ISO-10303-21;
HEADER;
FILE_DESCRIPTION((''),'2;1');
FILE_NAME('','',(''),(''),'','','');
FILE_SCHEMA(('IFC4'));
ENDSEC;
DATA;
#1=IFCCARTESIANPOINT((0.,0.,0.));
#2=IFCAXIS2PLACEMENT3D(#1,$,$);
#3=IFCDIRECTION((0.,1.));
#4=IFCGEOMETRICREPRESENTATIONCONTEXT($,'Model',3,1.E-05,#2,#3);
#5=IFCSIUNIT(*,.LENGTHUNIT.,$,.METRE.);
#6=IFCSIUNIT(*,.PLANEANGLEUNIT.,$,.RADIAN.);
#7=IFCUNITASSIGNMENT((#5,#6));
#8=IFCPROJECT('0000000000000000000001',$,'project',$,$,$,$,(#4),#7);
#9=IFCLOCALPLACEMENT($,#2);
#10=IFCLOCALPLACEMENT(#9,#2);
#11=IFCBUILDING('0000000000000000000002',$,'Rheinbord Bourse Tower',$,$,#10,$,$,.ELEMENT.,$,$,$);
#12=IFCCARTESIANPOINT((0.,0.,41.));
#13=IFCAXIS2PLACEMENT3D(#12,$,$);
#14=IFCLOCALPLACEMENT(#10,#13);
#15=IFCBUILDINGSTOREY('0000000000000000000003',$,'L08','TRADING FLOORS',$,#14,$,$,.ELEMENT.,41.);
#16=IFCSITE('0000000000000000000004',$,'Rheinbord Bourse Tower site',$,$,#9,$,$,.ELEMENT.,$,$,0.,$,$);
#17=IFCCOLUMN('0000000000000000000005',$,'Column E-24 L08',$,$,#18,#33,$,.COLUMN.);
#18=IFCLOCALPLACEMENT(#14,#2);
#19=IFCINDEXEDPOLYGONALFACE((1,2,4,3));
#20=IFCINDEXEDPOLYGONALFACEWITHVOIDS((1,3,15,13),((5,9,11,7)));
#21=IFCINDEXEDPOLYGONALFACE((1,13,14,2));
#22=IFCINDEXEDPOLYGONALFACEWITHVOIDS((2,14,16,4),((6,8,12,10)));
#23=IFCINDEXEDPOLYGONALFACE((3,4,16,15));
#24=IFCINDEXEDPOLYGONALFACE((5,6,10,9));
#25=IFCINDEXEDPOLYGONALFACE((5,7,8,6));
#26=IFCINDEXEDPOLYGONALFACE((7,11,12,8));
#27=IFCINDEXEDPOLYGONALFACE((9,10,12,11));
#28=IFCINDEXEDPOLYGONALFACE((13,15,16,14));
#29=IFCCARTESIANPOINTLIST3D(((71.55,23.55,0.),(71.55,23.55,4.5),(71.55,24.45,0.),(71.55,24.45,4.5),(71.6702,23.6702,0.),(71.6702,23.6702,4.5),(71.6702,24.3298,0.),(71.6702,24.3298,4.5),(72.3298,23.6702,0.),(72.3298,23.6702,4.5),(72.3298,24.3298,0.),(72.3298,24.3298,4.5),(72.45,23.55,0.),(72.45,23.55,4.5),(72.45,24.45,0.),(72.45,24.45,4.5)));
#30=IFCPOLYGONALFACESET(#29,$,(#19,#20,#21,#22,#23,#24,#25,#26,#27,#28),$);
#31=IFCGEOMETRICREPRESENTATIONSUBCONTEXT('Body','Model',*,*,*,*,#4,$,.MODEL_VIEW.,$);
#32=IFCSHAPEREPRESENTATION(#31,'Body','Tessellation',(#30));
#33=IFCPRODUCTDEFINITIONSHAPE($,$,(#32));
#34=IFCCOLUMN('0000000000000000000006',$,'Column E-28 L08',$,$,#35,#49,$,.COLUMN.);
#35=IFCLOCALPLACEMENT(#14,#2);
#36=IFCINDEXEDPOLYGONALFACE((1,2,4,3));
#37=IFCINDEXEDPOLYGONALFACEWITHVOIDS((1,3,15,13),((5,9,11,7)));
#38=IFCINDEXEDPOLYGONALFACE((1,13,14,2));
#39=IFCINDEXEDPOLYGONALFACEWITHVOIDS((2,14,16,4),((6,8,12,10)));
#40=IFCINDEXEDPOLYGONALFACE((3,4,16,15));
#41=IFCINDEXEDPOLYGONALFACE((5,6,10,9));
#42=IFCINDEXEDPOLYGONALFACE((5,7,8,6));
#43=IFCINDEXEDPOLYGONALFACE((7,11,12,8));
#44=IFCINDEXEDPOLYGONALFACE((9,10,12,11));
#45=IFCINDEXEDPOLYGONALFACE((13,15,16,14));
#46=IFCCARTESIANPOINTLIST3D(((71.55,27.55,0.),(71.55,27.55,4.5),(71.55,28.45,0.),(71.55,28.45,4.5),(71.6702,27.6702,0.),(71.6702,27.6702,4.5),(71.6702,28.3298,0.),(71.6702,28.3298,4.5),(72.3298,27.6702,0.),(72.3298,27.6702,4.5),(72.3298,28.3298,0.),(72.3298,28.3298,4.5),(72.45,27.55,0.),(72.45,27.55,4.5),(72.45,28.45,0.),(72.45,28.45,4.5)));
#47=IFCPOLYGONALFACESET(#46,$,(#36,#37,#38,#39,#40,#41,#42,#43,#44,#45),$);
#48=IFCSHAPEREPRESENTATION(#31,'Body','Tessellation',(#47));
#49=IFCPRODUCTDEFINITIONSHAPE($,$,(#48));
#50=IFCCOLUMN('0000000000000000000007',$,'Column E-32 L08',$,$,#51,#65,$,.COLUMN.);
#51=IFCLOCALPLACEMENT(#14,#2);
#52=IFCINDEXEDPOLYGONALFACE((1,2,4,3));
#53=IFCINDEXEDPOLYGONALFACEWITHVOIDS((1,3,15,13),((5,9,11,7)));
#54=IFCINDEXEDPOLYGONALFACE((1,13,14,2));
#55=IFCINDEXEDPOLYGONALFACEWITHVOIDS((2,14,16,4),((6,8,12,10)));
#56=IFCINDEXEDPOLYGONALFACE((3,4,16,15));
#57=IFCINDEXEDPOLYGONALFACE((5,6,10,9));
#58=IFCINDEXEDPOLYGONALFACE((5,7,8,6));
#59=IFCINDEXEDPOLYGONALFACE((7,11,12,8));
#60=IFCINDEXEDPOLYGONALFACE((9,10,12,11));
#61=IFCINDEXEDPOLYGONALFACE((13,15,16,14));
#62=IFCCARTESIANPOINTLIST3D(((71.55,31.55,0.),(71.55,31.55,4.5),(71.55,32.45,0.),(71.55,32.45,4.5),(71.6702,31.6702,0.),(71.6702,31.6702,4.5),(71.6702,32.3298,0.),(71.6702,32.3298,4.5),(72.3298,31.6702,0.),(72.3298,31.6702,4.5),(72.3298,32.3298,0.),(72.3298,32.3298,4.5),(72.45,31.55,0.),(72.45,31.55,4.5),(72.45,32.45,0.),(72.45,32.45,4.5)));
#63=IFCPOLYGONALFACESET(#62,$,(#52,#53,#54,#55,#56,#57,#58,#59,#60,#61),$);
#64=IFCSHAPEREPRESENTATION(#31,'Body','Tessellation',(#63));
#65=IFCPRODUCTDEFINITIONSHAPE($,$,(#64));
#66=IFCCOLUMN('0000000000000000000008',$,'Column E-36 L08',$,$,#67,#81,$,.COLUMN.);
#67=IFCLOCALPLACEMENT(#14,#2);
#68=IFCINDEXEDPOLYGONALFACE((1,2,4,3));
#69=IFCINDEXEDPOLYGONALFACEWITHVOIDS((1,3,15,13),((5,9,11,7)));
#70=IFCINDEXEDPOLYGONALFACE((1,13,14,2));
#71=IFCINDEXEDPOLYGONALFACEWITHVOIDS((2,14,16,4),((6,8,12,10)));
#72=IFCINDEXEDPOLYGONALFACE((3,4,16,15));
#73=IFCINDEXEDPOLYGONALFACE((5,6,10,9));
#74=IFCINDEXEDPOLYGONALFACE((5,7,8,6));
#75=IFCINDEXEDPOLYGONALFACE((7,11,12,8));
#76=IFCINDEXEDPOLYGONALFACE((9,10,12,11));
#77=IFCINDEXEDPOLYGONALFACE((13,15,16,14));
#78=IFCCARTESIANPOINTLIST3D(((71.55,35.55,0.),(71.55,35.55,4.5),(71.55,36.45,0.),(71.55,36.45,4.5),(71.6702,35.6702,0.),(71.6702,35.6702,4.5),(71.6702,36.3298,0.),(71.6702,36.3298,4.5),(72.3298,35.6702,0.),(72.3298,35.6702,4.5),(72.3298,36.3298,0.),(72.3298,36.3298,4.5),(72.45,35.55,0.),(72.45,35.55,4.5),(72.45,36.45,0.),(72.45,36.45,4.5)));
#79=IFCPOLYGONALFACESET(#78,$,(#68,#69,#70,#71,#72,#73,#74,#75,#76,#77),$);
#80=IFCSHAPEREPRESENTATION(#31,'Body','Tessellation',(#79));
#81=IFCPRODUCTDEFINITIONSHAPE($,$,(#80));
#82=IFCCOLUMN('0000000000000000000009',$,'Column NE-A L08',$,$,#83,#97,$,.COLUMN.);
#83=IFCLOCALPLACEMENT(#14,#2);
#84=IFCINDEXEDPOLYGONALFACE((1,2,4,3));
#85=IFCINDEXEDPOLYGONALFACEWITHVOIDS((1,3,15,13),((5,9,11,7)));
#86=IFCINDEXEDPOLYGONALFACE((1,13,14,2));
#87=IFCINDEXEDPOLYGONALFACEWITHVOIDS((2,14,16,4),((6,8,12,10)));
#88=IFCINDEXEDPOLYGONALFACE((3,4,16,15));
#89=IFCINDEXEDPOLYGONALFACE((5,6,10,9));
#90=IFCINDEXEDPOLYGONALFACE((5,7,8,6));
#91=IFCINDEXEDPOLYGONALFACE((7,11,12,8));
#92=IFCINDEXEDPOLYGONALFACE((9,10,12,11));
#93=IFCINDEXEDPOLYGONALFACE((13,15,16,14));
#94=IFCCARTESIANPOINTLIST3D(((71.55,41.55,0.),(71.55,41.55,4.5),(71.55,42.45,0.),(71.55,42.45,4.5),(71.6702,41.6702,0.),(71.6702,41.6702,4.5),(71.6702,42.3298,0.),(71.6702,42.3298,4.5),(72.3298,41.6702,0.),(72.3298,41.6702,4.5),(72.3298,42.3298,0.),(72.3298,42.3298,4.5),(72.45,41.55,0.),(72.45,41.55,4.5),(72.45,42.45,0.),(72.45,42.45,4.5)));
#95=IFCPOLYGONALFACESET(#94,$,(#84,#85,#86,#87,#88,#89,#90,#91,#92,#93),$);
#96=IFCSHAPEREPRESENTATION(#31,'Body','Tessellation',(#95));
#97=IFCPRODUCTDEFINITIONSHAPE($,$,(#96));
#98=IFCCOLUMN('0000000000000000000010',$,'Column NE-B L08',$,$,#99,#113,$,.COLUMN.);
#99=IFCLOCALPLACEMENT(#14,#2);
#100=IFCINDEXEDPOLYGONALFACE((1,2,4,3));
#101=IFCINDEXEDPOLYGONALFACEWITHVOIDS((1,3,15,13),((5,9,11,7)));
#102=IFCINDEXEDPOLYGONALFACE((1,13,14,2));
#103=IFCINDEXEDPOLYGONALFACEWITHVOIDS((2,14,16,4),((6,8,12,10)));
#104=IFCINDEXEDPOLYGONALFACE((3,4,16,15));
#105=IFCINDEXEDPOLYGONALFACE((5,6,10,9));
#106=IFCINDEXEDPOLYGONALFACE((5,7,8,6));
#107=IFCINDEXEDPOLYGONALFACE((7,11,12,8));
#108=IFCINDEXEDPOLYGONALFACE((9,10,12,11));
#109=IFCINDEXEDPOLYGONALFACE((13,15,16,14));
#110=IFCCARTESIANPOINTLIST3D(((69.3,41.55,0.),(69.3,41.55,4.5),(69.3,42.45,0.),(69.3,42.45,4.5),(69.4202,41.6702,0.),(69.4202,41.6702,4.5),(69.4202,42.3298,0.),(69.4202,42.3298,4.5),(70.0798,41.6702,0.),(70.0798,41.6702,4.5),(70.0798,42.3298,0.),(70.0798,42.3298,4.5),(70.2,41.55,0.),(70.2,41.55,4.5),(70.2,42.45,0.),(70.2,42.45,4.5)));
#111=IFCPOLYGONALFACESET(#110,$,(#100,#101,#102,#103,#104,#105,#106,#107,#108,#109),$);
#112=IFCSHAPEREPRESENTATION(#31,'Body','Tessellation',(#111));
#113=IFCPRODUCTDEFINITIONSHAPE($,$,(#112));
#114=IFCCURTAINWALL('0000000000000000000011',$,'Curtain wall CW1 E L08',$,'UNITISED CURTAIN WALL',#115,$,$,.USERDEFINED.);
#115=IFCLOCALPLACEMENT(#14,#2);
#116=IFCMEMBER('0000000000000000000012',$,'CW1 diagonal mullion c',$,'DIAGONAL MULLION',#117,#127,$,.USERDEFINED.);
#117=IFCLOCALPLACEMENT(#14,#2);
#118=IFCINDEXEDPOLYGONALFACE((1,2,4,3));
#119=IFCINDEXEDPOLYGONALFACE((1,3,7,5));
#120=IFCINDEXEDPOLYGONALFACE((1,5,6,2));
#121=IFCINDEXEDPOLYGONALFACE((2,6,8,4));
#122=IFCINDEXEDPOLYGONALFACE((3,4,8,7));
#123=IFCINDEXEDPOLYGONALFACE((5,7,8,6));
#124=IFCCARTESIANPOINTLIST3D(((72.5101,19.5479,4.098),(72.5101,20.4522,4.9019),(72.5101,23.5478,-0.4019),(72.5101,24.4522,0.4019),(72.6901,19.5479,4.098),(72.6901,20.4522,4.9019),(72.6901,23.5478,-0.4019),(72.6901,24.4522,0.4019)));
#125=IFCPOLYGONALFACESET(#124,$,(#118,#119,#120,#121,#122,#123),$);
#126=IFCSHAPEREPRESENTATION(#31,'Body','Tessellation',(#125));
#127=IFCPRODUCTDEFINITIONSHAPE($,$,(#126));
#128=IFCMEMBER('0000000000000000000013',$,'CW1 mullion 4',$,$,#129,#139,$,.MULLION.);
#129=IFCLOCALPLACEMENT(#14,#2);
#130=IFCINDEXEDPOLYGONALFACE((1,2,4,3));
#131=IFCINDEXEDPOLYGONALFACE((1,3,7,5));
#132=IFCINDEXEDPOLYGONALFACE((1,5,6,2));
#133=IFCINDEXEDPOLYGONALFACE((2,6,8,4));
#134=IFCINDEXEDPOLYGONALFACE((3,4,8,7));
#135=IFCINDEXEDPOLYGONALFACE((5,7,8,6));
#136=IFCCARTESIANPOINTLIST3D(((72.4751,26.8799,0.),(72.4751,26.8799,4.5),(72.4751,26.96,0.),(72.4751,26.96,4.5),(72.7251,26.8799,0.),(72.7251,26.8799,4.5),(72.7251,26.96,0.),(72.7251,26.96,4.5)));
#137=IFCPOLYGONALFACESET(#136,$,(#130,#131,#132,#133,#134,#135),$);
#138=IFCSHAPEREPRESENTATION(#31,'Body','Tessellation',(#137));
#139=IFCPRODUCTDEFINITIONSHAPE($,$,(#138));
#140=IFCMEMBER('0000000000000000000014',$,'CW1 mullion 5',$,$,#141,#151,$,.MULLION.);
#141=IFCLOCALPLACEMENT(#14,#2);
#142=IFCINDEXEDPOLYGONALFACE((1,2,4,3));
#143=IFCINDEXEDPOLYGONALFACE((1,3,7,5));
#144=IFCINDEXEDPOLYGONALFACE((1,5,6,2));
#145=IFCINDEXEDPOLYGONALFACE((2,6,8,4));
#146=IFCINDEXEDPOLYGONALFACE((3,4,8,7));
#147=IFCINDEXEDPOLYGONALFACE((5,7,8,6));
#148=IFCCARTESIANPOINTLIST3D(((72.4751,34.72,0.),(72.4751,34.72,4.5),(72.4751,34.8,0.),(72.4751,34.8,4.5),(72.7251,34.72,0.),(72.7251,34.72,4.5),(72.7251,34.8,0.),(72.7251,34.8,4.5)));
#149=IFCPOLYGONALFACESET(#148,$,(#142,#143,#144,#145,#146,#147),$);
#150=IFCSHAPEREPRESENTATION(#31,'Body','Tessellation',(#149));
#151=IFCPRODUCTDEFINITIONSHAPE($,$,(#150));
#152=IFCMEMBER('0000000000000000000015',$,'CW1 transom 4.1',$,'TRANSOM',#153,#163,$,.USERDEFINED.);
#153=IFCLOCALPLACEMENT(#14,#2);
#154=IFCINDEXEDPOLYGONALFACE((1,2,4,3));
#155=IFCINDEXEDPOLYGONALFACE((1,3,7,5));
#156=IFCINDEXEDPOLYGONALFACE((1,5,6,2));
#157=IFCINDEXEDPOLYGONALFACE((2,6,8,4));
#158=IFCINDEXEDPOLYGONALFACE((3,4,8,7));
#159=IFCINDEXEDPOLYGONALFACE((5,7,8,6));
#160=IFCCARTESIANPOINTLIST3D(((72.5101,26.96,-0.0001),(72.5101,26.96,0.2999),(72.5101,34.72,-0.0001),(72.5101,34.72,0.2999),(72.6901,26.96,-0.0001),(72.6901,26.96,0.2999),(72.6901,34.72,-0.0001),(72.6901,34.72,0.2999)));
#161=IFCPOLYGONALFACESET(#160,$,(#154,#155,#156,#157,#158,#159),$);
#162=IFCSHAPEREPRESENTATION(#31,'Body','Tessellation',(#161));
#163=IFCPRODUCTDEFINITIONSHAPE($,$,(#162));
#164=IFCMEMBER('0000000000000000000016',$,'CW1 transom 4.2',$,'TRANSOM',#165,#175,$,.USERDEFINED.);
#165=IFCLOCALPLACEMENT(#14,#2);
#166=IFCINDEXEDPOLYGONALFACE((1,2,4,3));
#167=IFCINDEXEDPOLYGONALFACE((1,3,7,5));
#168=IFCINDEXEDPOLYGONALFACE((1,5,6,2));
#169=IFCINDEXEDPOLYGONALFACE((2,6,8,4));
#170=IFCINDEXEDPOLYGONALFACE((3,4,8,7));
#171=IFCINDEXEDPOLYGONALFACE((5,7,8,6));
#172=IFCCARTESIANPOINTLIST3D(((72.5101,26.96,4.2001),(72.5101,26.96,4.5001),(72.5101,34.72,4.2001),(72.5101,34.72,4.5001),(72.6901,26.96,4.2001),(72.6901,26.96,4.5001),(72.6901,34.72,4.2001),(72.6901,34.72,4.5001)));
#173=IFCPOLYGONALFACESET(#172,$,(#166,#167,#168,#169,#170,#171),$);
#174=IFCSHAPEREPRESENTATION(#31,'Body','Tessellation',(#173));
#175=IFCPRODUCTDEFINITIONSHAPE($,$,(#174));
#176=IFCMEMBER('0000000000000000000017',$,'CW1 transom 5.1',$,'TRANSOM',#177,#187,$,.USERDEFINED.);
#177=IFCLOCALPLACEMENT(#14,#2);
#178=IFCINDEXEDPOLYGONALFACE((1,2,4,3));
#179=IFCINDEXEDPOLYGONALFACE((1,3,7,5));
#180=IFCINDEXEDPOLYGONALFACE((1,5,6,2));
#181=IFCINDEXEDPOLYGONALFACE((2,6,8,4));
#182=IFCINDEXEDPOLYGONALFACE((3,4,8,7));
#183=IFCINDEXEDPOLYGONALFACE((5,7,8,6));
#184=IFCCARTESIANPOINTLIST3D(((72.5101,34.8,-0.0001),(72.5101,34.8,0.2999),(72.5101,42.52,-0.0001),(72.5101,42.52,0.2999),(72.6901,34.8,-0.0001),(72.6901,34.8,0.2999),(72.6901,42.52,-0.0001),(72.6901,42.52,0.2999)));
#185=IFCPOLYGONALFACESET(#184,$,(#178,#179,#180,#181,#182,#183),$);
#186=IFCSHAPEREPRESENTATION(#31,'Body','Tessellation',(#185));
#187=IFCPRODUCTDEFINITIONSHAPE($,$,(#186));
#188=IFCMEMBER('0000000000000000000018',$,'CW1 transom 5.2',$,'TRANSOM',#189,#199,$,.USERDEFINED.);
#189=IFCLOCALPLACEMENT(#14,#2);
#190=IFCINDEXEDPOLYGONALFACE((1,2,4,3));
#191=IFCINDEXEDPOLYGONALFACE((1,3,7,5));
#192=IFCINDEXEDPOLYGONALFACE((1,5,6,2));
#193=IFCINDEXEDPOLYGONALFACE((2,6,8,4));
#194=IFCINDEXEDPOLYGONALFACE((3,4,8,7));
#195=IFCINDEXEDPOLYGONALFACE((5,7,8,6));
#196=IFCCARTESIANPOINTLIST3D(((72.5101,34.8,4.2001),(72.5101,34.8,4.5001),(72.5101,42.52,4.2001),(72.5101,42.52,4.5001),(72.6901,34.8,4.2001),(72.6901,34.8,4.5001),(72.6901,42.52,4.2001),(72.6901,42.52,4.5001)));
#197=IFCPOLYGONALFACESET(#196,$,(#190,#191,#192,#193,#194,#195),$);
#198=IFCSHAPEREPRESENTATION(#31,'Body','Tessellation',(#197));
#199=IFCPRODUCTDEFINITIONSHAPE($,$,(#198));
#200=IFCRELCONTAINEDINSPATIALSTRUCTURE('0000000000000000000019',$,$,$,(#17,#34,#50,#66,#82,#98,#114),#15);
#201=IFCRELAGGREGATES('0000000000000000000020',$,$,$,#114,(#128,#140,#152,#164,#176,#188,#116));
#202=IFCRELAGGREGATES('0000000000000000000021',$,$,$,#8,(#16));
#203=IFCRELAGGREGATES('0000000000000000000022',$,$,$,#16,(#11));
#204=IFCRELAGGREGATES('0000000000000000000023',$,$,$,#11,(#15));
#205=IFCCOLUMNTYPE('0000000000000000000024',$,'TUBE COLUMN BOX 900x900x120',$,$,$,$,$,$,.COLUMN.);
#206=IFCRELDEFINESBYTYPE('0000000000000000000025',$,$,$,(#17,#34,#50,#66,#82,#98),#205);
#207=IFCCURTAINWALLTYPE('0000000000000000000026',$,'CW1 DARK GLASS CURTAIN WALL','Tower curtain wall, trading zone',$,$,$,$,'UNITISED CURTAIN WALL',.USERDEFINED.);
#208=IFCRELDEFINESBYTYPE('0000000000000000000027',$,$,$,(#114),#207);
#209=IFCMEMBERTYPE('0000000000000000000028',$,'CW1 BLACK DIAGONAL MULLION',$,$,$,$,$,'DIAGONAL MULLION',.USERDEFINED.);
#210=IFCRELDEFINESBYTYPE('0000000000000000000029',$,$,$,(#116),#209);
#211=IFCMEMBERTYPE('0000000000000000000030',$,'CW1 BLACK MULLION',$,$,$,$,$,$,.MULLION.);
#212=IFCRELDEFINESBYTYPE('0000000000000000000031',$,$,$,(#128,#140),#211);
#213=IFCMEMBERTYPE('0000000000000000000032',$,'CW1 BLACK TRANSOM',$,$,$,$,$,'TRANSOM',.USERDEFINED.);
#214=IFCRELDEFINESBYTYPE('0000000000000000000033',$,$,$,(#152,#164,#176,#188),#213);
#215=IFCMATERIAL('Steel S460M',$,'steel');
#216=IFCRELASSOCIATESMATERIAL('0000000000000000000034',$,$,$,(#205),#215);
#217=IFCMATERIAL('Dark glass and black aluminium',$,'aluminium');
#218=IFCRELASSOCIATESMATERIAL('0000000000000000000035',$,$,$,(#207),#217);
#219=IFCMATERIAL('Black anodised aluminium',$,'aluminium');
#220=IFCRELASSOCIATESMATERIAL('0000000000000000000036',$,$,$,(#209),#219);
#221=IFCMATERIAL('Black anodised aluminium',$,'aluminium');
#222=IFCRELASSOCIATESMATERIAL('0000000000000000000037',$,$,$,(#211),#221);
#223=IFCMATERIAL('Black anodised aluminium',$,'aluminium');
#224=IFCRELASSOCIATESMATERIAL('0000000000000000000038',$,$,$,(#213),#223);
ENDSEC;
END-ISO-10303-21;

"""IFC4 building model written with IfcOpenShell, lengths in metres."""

from ifc_helpers import new_model, si_unit, direction, frame, origin, origin_2d, place, context, subcontext, project, spatial, rectangle, hollow_rectangle, extrude, material, material_profile, profile_set, type_object, element, aggregate, save


model = new_model("IFC4")

# Units and contexts
model_context = context("Model", 3, precision=1e-05, world=origin(), true_north=direction((0.0, 1.0)))
body_context = subcontext(model_context, "Body", "Model", "MODEL_VIEW")
ifc_project = project(units=[si_unit("LENGTHUNIT", "METRE"), si_unit("PLANEANGLEUNIT", "RADIAN")], contexts=[model_context])

# Site, building, storey
site_placement = place(None, origin())
site = spatial("IfcSite", under=ifc_project, at=site_placement, Name="Rheinbord Bourse Tower site", CompositionType="ELEMENT", RefElevation=0.0)
building_placement = place(site_placement, origin())
building = spatial("IfcBuilding", under=site, at=building_placement, Name="Rheinbord Bourse Tower", CompositionType="ELEMENT")
storey_placement = place(building_placement, frame((0.0, 0.0, 41.0)))
storey = spatial("IfcBuildingStorey", under=building, at=storey_placement, Name="L08", Description="TRADING FLOORS", CompositionType="ELEMENT", Elevation=41.0)

# Columns
ifc_material_1 = material(Name="Steel S460M", Category="steel")
ifc_material_profile_1 = material_profile(ifc_material_1, hollow_rectangle(XDim=0.8999, YDim=0.8999, WallThickness=0.1201, at=origin_2d()), Name="BOX 900x900x120")
ifc_profile_set_1 = profile_set([ifc_material_profile_1], Name="Steel S460M")
column_type = type_object("IfcColumnType", Name="TUBE COLUMN BOX 900x900x120", PredefinedType="COLUMN", material=ifc_profile_set_1)
for number, where, z_axis, x_axis, name in (
    (1, (72.0, 24.0, 0.0), (0.0, 0.0, 1.0), (1.0, 0.0, 0.0), "Column E-24 L08"),
    (2, (72.0, 28.0, 0.0), (0.0, 0.0, 1.0), (1.0, 0.0, 0.0), "Column E-28 L08"),
    (3, (72.0, 32.0, 0.0), (0.0, 0.0, 1.0), (1.0, 0.0, 0.0), "Column E-32 L08"),
    (4, (72.0, 36.0, 0.0), (0.0, 0.0, 1.0), (1.0, 0.0, 0.0), "Column E-36 L08"),
    (5, (72.0, 42.0, 0.0), (0.0, 0.0, 1.0), (1.0, 0.0, 0.0), "Column NE-A L08"),
    (6, (69.75, 42.0, 0.0), (0.0, 0.0, 1.0), (1.0, 0.0, 0.0), "Column NE-B L08"),
):
    element("IfcColumn", number, at=place(storey_placement, frame(where, z_axis=z_axis, x_axis=x_axis)), inside=storey, type_object=column_type, Name=name, PredefinedType="COLUMN", context=body_context, shape_type="SweptSolid", body=[
        extrude(hollow_rectangle(XDim=0.8999, YDim=0.8999, WallThickness=0.1201, at=origin_2d()), origin(), (0.0, 0.0, 1.0), 4.5),
    ])

# Curtain wall, members
ifc_material_2 = material(Name="Dark glass and black aluminium", Category="aluminium")
curtain_wall_type = type_object("IfcCurtainWallType", Name="CW1 DARK GLASS CURTAIN WALL", Description="Tower curtain wall, trading zone", ElementType="UNITISED CURTAIN WALL", PredefinedType="USERDEFINED", material=ifc_material_2)
curtain_wall_placement = place(storey_placement, origin())
curtain_wall = element("IfcCurtainWall", 7, at=curtain_wall_placement, inside=storey, type_object=curtain_wall_type, Name="Curtain wall CW1 E L08", ObjectType="UNITISED CURTAIN WALL", PredefinedType="USERDEFINED")
ifc_material_3 = material(Name="Black anodised aluminium", Category="aluminium")
ifc_material_profile_2 = material_profile(ifc_material_3, rectangle(XDim=0.1799, YDim=1.21, at=origin_2d()), Name="CW1 DIAGONAL MULLION 1210x180")
ifc_profile_set_2 = profile_set([ifc_material_profile_2], Name="Black anodised aluminium")
member_type_1 = type_object("IfcMemberType", Name="CW1 BLACK DIAGONAL MULLION", ElementType="DIAGONAL MULLION", PredefinedType="USERDEFINED", material=ifc_profile_set_2)
member_1_placement = place(storey_placement, frame((72.6001, 24.0, 0.0), z_axis=(0.0, -0.664364, 0.747409), x_axis=(1.0, 0.0, 0.0)))
member_1 = element("IfcMember", 8, at=member_1_placement, type_object=member_type_1, Name="CW1 diagonal mullion c", ObjectType="DIAGONAL MULLION", PredefinedType="USERDEFINED", context=body_context, shape_type="SweptSolid", body=[
    extrude(rectangle(XDim=0.1799, YDim=1.21, at=origin_2d()), origin(), (0.0, 0.0, 1.0), 6.0208),
])
ifc_material_4 = material(Name="Black anodised aluminium", Category="aluminium")
ifc_material_profile_3 = material_profile(ifc_material_4, rectangle(XDim=0.25, YDim=0.0801, at=origin_2d()), Name="CW1 MULLION 80x250")
ifc_profile_set_3 = profile_set([ifc_material_profile_3], Name="Black anodised aluminium")
member_type_2 = type_object("IfcMemberType", Name="CW1 BLACK MULLION", PredefinedType="MULLION", material=ifc_profile_set_3)
member_2_placement = place(storey_placement, frame((72.6001, 26.9199, 0.0), z_axis=(0.0, 0.0, 1.0), x_axis=(-1.0, 0.0, 0.0)))
member_2 = element("IfcMember", 9, at=member_2_placement, type_object=member_type_2, Name="CW1 mullion 4", PredefinedType="MULLION", context=body_context, shape_type="SweptSolid", body=[
    extrude(rectangle(XDim=0.25, YDim=0.0801, at=origin_2d()), origin(), (0.0, 0.0, 1.0), 4.5),
])
member_3_placement = place(storey_placement, frame((72.6001, 34.76, 0.0), z_axis=(0.0, 0.0, 1.0), x_axis=(-1.0, 0.0, 0.0)))
member_3 = element("IfcMember", 10, at=member_3_placement, type_object=member_type_2, Name="CW1 mullion 5", PredefinedType="MULLION", context=body_context, shape_type="SweptSolid", body=[
    extrude(rectangle(XDim=0.25, YDim=0.0801, at=origin_2d()), origin(), (0.0, 0.0, 1.0), 4.5),
])
ifc_material_5 = material(Name="Black anodised aluminium", Category="aluminium")
ifc_material_profile_4 = material_profile(ifc_material_5, rectangle(XDim=0.1799, YDim=0.3, at=origin_2d()), Name="CW1 TRANSOM 300x180")
ifc_profile_set_4 = profile_set([ifc_material_profile_4], Name="Black anodised aluminium")
member_type_3 = type_object("IfcMemberType", Name="CW1 BLACK TRANSOM", ElementType="TRANSOM", PredefinedType="USERDEFINED", material=ifc_profile_set_4)
member_4_placement = place(storey_placement, frame((72.6001, 26.96, 0.1499), z_axis=(0.0, 1.0, 0.0), x_axis=(-1.0, 0.0, 0.0)))
member_4 = element("IfcMember", 11, at=member_4_placement, type_object=member_type_3, Name="CW1 transom 4.1", ObjectType="TRANSOM", PredefinedType="USERDEFINED", context=body_context, shape_type="SweptSolid", body=[
    extrude(rectangle(XDim=0.1799, YDim=0.3, at=origin_2d()), origin(), (0.0, 0.0, 1.0), 7.76),
])
member_5_placement = place(storey_placement, frame((72.6001, 26.96, 4.3501), z_axis=(0.0, 1.0, 0.0), x_axis=(-1.0, 0.0, 0.0)))
member_5 = element("IfcMember", 12, at=member_5_placement, type_object=member_type_3, Name="CW1 transom 4.2", ObjectType="TRANSOM", PredefinedType="USERDEFINED", context=body_context, shape_type="SweptSolid", body=[
    extrude(rectangle(XDim=0.1799, YDim=0.3, at=origin_2d()), origin(), (0.0, 0.0, 1.0), 7.76),
])
member_6_placement = place(storey_placement, frame((72.6001, 34.8, 0.1499), z_axis=(0.0, 1.0, 0.0), x_axis=(-1.0, 0.0, 0.0)))
member_6 = element("IfcMember", 13, at=member_6_placement, type_object=member_type_3, Name="CW1 transom 5.1", ObjectType="TRANSOM", PredefinedType="USERDEFINED", context=body_context, shape_type="SweptSolid", body=[
    extrude(rectangle(XDim=0.1799, YDim=0.3, at=origin_2d()), origin(), (0.0, 0.0, 1.0), 7.72),
])
member_7_placement = place(storey_placement, frame((72.6001, 34.8, 4.3501), z_axis=(0.0, 1.0, 0.0), x_axis=(-1.0, 0.0, 0.0)))
member_7 = element("IfcMember", 14, at=member_7_placement, type_object=member_type_3, Name="CW1 transom 5.2", ObjectType="TRANSOM", PredefinedType="USERDEFINED", context=body_context, shape_type="SweptSolid", body=[
    extrude(rectangle(XDim=0.1799, YDim=0.3, at=origin_2d()), origin(), (0.0, 0.0, 1.0), 7.72),
])

aggregate(curtain_wall, [member_2, member_3, member_4, member_5, member_6, member_7, member_1])

save(model, "model.ifc")
